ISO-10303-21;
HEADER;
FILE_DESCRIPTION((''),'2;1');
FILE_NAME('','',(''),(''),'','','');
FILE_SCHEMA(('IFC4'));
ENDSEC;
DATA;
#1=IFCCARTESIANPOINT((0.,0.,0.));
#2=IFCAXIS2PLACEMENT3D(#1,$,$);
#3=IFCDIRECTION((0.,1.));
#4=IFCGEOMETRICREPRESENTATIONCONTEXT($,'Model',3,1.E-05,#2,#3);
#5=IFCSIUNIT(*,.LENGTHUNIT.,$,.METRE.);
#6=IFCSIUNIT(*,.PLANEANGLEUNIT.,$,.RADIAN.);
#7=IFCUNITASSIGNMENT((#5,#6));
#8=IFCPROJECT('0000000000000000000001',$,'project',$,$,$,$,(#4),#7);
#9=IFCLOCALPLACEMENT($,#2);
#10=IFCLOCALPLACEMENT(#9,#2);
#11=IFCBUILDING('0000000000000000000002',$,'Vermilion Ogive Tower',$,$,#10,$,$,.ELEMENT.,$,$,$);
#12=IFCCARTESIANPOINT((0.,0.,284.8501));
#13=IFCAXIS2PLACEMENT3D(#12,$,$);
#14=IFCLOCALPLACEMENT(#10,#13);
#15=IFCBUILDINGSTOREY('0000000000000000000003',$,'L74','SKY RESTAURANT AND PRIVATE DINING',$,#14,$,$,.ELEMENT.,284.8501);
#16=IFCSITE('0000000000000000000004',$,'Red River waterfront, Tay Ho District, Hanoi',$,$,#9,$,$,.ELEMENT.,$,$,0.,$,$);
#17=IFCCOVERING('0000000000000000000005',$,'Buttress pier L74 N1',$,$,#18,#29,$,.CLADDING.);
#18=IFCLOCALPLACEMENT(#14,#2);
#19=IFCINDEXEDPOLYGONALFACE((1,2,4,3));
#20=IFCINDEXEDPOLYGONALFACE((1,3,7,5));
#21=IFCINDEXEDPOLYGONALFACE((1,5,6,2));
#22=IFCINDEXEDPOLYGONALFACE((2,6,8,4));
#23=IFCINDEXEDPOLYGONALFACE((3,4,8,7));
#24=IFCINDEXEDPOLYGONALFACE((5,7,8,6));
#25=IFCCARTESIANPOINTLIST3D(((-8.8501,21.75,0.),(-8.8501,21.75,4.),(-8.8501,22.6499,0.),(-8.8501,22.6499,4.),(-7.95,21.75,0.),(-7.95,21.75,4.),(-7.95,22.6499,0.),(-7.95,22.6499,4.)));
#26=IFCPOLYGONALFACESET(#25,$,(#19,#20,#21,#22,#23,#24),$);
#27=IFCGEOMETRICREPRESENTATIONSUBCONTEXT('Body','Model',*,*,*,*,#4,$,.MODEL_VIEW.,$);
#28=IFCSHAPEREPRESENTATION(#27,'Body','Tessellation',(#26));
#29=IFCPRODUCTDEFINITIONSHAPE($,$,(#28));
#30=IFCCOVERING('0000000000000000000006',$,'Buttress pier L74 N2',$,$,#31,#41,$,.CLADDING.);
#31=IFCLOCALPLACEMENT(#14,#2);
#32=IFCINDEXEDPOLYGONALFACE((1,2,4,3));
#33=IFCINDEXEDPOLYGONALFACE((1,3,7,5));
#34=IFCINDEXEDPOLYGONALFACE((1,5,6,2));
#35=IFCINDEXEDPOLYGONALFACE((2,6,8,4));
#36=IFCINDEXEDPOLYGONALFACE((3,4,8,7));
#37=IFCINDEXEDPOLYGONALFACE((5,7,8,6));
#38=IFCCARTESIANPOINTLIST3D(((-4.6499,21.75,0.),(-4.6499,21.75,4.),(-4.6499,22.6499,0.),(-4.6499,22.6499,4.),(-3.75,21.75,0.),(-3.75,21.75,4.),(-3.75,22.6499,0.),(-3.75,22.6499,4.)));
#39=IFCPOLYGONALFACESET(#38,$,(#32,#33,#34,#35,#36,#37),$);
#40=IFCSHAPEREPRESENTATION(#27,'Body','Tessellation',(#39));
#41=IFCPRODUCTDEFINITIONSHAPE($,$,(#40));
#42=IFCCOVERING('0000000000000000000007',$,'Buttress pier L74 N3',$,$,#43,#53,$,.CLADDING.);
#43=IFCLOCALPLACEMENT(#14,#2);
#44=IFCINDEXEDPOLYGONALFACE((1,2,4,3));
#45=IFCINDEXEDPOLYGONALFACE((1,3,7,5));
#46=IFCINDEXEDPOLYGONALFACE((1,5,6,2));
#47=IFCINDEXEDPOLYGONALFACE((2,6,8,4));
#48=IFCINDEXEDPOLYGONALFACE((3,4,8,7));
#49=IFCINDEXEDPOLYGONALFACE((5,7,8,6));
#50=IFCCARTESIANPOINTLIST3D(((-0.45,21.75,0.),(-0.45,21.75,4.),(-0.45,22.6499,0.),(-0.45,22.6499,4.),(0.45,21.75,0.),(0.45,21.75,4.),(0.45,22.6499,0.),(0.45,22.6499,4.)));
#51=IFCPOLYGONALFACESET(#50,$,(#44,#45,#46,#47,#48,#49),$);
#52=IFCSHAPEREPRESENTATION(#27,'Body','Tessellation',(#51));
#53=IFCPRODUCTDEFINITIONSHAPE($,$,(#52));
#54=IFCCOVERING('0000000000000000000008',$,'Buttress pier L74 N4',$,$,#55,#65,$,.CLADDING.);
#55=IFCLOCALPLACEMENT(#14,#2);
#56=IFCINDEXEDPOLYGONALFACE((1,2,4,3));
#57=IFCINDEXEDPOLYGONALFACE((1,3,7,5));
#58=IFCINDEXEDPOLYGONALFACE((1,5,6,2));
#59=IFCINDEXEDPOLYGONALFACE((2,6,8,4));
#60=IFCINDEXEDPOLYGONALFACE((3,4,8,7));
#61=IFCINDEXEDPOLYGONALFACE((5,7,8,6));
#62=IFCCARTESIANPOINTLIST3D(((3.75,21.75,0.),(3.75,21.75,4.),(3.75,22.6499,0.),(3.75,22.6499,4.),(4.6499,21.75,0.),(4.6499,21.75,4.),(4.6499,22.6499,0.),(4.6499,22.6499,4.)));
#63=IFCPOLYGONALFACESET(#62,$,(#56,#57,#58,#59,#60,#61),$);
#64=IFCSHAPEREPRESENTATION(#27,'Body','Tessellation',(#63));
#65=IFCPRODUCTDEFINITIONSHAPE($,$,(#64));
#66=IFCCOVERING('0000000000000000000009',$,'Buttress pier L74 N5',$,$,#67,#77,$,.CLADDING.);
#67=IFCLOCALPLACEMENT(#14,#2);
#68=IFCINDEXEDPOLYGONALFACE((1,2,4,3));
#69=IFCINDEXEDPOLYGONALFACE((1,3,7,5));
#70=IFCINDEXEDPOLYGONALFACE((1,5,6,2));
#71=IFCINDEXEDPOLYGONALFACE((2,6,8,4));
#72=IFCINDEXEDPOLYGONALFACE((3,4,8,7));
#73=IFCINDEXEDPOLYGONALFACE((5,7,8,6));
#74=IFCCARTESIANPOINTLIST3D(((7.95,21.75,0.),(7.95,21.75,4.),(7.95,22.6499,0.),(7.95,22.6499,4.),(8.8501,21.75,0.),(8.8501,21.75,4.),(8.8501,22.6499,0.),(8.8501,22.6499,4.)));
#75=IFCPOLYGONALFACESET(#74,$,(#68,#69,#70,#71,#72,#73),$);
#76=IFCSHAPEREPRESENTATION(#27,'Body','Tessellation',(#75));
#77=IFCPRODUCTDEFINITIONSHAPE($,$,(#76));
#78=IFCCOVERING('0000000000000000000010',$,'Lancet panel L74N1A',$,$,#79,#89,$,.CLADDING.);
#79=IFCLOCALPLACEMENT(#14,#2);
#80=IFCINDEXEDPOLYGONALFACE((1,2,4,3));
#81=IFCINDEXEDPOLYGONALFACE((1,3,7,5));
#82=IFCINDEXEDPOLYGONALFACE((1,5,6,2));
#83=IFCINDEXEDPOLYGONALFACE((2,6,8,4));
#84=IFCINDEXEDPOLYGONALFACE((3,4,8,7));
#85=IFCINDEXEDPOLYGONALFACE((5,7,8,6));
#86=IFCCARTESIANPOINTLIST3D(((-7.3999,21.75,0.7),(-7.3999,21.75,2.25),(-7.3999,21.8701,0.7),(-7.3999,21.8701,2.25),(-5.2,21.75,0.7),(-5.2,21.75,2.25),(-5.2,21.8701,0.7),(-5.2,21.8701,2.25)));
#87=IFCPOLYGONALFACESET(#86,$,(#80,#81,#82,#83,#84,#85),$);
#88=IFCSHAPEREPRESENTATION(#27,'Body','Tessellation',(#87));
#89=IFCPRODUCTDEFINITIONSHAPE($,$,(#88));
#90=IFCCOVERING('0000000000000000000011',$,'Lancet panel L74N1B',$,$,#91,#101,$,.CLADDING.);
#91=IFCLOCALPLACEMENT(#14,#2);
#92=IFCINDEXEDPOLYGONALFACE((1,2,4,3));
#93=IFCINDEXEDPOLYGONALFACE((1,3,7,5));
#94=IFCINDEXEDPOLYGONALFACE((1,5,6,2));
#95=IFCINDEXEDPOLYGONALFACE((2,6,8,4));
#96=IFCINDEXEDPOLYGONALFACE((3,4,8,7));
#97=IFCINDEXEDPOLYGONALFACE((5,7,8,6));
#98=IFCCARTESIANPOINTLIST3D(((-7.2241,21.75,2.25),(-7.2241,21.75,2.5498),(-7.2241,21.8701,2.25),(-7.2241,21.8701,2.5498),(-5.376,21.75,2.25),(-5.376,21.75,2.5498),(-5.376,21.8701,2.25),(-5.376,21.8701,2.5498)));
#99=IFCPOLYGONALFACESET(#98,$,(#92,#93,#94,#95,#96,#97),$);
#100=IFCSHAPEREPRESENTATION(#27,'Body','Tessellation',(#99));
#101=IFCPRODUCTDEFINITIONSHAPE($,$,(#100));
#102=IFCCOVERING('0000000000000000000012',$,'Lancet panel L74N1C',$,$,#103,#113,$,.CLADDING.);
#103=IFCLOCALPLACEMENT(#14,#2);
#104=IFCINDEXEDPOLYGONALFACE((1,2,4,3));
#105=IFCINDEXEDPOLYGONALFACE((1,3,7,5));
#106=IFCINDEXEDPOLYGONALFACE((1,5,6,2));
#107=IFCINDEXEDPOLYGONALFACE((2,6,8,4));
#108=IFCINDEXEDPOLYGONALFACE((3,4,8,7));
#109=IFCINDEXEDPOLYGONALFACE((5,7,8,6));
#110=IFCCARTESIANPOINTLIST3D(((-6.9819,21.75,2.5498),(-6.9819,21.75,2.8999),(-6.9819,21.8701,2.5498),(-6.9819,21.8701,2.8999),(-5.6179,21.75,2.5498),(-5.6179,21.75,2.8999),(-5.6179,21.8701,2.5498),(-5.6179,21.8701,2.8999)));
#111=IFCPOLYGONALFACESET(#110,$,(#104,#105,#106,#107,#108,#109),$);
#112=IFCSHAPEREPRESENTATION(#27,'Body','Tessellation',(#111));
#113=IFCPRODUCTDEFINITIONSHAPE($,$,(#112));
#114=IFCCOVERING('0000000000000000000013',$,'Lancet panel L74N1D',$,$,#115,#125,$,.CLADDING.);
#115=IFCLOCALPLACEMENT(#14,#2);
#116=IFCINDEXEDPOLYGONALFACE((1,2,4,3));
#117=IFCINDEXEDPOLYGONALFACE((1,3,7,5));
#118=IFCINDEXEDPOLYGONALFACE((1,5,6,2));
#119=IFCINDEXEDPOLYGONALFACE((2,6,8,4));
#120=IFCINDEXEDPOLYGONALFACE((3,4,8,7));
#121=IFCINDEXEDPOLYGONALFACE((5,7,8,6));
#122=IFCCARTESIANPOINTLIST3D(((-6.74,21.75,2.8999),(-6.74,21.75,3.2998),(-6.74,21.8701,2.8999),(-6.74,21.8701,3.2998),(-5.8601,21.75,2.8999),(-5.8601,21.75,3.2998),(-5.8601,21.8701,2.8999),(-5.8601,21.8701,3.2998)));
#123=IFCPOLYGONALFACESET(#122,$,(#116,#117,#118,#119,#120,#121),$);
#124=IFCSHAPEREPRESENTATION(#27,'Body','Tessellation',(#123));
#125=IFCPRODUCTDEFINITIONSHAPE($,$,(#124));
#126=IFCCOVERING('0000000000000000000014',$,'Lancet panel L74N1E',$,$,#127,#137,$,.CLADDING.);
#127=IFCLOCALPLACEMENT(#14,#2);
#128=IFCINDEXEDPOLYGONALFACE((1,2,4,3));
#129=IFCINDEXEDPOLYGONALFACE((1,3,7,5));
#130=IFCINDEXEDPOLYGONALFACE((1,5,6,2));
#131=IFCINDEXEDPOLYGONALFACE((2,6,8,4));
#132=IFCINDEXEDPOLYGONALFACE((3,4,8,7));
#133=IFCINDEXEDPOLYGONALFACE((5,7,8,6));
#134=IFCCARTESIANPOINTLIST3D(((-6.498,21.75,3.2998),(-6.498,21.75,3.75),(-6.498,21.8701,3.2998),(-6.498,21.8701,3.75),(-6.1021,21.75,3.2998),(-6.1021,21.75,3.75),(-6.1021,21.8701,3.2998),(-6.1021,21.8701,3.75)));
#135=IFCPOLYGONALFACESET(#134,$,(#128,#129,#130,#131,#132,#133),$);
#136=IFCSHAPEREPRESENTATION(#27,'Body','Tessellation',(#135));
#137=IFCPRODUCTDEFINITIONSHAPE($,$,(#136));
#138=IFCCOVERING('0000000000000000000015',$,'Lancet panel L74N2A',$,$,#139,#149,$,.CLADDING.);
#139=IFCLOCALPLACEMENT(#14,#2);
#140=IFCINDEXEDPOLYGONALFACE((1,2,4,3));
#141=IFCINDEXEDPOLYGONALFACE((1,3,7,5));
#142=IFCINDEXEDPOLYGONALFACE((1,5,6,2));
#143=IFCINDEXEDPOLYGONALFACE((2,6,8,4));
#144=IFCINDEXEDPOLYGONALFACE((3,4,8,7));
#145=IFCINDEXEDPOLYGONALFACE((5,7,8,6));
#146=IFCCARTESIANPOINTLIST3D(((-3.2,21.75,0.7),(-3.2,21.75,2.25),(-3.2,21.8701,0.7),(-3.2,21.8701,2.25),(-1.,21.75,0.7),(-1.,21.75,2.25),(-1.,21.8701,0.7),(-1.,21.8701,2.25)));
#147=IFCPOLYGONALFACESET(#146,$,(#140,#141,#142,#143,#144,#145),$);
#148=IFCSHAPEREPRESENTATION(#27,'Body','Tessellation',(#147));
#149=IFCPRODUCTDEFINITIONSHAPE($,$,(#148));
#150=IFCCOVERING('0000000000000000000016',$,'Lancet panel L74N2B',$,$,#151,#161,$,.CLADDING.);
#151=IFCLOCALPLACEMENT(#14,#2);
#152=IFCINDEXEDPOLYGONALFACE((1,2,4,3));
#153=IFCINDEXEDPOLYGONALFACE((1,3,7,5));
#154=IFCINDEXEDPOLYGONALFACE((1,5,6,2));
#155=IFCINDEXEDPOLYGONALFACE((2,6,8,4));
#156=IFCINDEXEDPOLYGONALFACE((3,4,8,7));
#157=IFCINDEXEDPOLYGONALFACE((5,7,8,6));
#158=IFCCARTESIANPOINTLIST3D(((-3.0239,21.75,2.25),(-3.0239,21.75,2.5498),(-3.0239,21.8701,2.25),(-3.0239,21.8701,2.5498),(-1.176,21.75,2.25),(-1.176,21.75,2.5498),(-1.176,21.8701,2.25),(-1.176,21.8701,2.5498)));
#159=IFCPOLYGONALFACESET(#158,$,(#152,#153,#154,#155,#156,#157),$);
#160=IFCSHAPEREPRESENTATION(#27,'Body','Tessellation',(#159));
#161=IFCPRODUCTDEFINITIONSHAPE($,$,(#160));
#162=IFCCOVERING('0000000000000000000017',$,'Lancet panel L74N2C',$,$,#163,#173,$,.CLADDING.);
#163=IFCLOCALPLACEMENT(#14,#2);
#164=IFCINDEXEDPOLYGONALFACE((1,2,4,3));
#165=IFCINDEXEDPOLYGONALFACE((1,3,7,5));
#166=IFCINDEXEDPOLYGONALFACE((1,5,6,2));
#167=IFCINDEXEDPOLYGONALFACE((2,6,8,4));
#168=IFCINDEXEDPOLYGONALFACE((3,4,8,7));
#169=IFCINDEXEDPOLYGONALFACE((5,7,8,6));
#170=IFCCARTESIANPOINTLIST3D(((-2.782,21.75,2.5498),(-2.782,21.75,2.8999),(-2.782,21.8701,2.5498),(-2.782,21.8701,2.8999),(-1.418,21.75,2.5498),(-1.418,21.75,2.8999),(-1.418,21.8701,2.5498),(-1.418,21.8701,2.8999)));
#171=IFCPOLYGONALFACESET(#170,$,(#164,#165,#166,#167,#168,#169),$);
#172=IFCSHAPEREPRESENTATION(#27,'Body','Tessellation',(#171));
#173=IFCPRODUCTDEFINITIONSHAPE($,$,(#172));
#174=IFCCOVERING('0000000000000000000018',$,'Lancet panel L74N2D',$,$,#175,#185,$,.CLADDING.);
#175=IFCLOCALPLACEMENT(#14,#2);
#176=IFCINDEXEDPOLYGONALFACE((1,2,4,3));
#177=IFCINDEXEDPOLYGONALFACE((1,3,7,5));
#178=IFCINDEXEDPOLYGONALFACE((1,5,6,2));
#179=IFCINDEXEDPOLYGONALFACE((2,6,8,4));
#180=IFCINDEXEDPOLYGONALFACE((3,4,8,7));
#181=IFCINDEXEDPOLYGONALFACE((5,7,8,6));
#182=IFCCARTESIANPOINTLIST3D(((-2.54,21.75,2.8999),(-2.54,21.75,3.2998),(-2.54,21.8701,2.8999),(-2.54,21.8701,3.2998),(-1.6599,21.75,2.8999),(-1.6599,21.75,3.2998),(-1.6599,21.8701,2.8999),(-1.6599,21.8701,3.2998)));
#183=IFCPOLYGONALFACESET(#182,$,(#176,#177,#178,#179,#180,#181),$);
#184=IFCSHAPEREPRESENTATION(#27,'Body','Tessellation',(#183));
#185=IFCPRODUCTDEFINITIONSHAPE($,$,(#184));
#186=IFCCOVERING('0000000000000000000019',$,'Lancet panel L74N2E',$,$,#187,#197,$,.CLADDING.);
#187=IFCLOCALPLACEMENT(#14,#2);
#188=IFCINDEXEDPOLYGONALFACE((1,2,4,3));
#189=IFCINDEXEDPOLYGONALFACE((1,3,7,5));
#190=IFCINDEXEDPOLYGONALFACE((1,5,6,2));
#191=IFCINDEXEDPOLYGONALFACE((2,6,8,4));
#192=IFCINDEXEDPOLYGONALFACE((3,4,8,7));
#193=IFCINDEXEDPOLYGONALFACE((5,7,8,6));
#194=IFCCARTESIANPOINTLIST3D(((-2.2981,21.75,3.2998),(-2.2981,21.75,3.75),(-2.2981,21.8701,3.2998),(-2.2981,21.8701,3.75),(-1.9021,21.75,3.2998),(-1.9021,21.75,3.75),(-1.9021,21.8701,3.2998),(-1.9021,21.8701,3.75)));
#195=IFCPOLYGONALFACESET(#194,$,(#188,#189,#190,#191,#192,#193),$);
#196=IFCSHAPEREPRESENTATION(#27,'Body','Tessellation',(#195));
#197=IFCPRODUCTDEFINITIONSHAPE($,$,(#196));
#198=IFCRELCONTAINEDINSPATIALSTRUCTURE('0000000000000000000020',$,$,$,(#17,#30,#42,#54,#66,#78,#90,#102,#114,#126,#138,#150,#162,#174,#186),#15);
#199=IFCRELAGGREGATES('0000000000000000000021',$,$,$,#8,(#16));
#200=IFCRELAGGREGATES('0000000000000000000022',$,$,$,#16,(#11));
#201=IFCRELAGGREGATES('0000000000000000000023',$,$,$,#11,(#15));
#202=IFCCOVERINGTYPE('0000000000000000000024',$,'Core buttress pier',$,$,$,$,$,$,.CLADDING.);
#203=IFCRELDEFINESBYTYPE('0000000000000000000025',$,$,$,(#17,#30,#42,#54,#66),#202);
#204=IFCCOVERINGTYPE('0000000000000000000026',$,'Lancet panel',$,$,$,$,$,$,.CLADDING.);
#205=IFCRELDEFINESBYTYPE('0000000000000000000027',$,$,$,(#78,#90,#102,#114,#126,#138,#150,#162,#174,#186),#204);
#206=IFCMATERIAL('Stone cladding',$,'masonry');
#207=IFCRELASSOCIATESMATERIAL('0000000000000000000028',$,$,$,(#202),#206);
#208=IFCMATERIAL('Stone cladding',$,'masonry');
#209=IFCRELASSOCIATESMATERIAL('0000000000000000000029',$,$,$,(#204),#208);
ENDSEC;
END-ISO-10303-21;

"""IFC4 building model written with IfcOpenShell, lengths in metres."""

from ifc_helpers import new_model, si_unit, direction, frame, origin, place, context, subcontext, project, spatial, polyline, outline, extrude, material, type_object, element, save


model = new_model("IFC4")

# Units and contexts
model_context = context("Model", 3, precision=1e-05, world=origin(), true_north=direction((0.0, 1.0)))
body_context = subcontext(model_context, "Body", "Model", "MODEL_VIEW")
ifc_project = project(units=[si_unit("LENGTHUNIT", "METRE"), si_unit("PLANEANGLEUNIT", "RADIAN")], contexts=[model_context])

# Site, building, storey
site_placement = place(None, origin())
site = spatial("IfcSite", under=ifc_project, at=site_placement, Name="Red River waterfront, Tay Ho District, Hanoi", CompositionType="ELEMENT", RefElevation=0.0)
building_placement = place(site_placement, origin())
building = spatial("IfcBuilding", under=site, at=building_placement, Name="Vermilion Ogive Tower", CompositionType="ELEMENT")
storey_placement = place(building_placement, frame((0.0, 0.0, 284.8501)))
storey = spatial("IfcBuildingStorey", under=building, at=storey_placement, Name="L74", Description="SKY RESTAURANT AND PRIVATE DINING", CompositionType="ELEMENT", Elevation=284.8501)

# Coverings
ifc_material_1 = material(Name="Stone cladding", Category="masonry")
covering_type_1 = type_object("IfcCoveringType", Name="Core buttress pier", PredefinedType="CLADDING", material=ifc_material_1)
covering_1_placement = place(storey_placement, origin())
element("IfcCovering", 1, at=covering_1_placement, inside=storey, type_object=covering_type_1, Name="Buttress pier L74 N1", PredefinedType="CLADDING", context=body_context, shape_type="SweptSolid", body=[
    extrude(outline(polyline([(-8.8501, 21.75), (-7.95, 21.75), (-7.95, 22.6499), (-8.8501, 22.6499), (-8.8501, 21.75)])), origin(), (0.0, 0.0, 1.0), 4.0),
])
covering_2_placement = place(storey_placement, origin())
element("IfcCovering", 2, at=covering_2_placement, inside=storey, type_object=covering_type_1, Name="Buttress pier L74 N2", PredefinedType="CLADDING", context=body_context, shape_type="SweptSolid", body=[
    extrude(outline(polyline([(-4.6499, 21.75), (-3.75, 21.75), (-3.75, 22.6499), (-4.6499, 22.6499), (-4.6499, 21.75)])), origin(), (0.0, 0.0, 1.0), 4.0),
])
covering_3_placement = place(storey_placement, origin())
element("IfcCovering", 3, at=covering_3_placement, inside=storey, type_object=covering_type_1, Name="Buttress pier L74 N3", PredefinedType="CLADDING", context=body_context, shape_type="SweptSolid", body=[
    extrude(outline(polyline([(-0.45, 21.75), (0.45, 21.75), (0.45, 22.6499), (-0.45, 22.6499), (-0.45, 21.75)])), origin(), (0.0, 0.0, 1.0), 4.0),
])
covering_4_placement = place(storey_placement, origin())
element("IfcCovering", 4, at=covering_4_placement, inside=storey, type_object=covering_type_1, Name="Buttress pier L74 N4", PredefinedType="CLADDING", context=body_context, shape_type="SweptSolid", body=[
    extrude(outline(polyline([(3.75, 21.75), (4.6499, 21.75), (4.6499, 22.6499), (3.75, 22.6499), (3.75, 21.75)])), origin(), (0.0, 0.0, 1.0), 4.0),
])
covering_5_placement = place(storey_placement, origin())
element("IfcCovering", 5, at=covering_5_placement, inside=storey, type_object=covering_type_1, Name="Buttress pier L74 N5", PredefinedType="CLADDING", context=body_context, shape_type="SweptSolid", body=[
    extrude(outline(polyline([(7.95, 21.75), (8.8501, 21.75), (8.8501, 22.6499), (7.95, 22.6499), (7.95, 21.75)])), origin(), (0.0, 0.0, 1.0), 4.0),
])
ifc_material_2 = material(Name="Stone cladding", Category="masonry")
covering_type_2 = type_object("IfcCoveringType", Name="Lancet panel", PredefinedType="CLADDING", material=ifc_material_2)
covering_6_placement = place(storey_placement, frame((0.0, 0.0, 0.7)))
element("IfcCovering", 6, at=covering_6_placement, inside=storey, type_object=covering_type_2, Name="Lancet panel L74N1A", PredefinedType="CLADDING", context=body_context, shape_type="SweptSolid", body=[
    extrude(outline(polyline([(-7.3999, 21.75), (-5.2, 21.75), (-5.2, 21.8701), (-7.3999, 21.8701), (-7.3999, 21.75)])), origin(), (0.0, 0.0, 1.0), 1.55),
])
covering_7_placement = place(storey_placement, frame((0.0, 0.0, 2.25)))
element("IfcCovering", 7, at=covering_7_placement, inside=storey, type_object=covering_type_2, Name="Lancet panel L74N1B", PredefinedType="CLADDING", context=body_context, shape_type="SweptSolid", body=[
    extrude(outline(polyline([(-7.2241, 21.75), (-5.376, 21.75), (-5.376, 21.8701), (-7.2241, 21.8701), (-7.2241, 21.75)])), origin(), (0.0, 0.0, 1.0), 0.2998),
])
covering_8_placement = place(storey_placement, frame((0.0, 0.0, 2.5498)))
element("IfcCovering", 8, at=covering_8_placement, inside=storey, type_object=covering_type_2, Name="Lancet panel L74N1C", PredefinedType="CLADDING", context=body_context, shape_type="SweptSolid", body=[
    extrude(outline(polyline([(-6.9819, 21.75), (-5.6179, 21.75), (-5.6179, 21.8701), (-6.9819, 21.8701), (-6.9819, 21.75)])), origin(), (0.0, 0.0, 1.0), 0.3501),
])
covering_9_placement = place(storey_placement, frame((0.0, 0.0, 2.8999)))
element("IfcCovering", 9, at=covering_9_placement, inside=storey, type_object=covering_type_2, Name="Lancet panel L74N1D", PredefinedType="CLADDING", context=body_context, shape_type="SweptSolid", body=[
    extrude(outline(polyline([(-6.74, 21.75), (-5.8601, 21.75), (-5.8601, 21.8701), (-6.74, 21.8701), (-6.74, 21.75)])), origin(), (0.0, 0.0, 1.0), 0.3999),
])
covering_10_placement = place(storey_placement, frame((0.0, 0.0, 3.2998)))
element("IfcCovering", 10, at=covering_10_placement, inside=storey, type_object=covering_type_2, Name="Lancet panel L74N1E", PredefinedType="CLADDING", context=body_context, shape_type="SweptSolid", body=[
    extrude(outline(polyline([(-6.498, 21.75), (-6.1021, 21.75), (-6.1021, 21.8701), (-6.498, 21.8701), (-6.498, 21.75)])), origin(), (0.0, 0.0, 1.0), 0.4502),
])
covering_11_placement = place(storey_placement, frame((0.0, 0.0, 0.7)))
element("IfcCovering", 11, at=covering_11_placement, inside=storey, type_object=covering_type_2, Name="Lancet panel L74N2A", PredefinedType="CLADDING", context=body_context, shape_type="SweptSolid", body=[
    extrude(outline(polyline([(-3.2, 21.75), (-1.0, 21.75), (-1.0, 21.8701), (-3.2, 21.8701), (-3.2, 21.75)])), origin(), (0.0, 0.0, 1.0), 1.55),
])
covering_12_placement = place(storey_placement, frame((0.0, 0.0, 2.25)))
element("IfcCovering", 12, at=covering_12_placement, inside=storey, type_object=covering_type_2, Name="Lancet panel L74N2B", PredefinedType="CLADDING", context=body_context, shape_type="SweptSolid", body=[
    extrude(outline(polyline([(-3.0239, 21.75), (-1.176, 21.75), (-1.176, 21.8701), (-3.0239, 21.8701), (-3.0239, 21.75)])), origin(), (0.0, 0.0, 1.0), 0.2998),
])
covering_13_placement = place(storey_placement, frame((0.0, 0.0, 2.5498)))
element("IfcCovering", 13, at=covering_13_placement, inside=storey, type_object=covering_type_2, Name="Lancet panel L74N2C", PredefinedType="CLADDING", context=body_context, shape_type="SweptSolid", body=[
    extrude(outline(polyline([(-2.782, 21.75), (-1.418, 21.75), (-1.418, 21.8701), (-2.782, 21.8701), (-2.782, 21.75)])), origin(), (0.0, 0.0, 1.0), 0.3501),
])
covering_14_placement = place(storey_placement, frame((0.0, 0.0, 2.8999)))
element("IfcCovering", 14, at=covering_14_placement, inside=storey, type_object=covering_type_2, Name="Lancet panel L74N2D", PredefinedType="CLADDING", context=body_context, shape_type="SweptSolid", body=[
    extrude(outline(polyline([(-2.54, 21.75), (-1.6599, 21.75), (-1.6599, 21.8701), (-2.54, 21.8701), (-2.54, 21.75)])), origin(), (0.0, 0.0, 1.0), 0.3999),
])
covering_15_placement = place(storey_placement, frame((0.0, 0.0, 3.2998)))
element("IfcCovering", 15, at=covering_15_placement, inside=storey, type_object=covering_type_2, Name="Lancet panel L74N2E", PredefinedType="CLADDING", context=body_context, shape_type="SweptSolid", body=[
    extrude(outline(polyline([(-2.2981, 21.75), (-1.9021, 21.75), (-1.9021, 21.8701), (-2.2981, 21.8701), (-2.2981, 21.75)])), origin(), (0.0, 0.0, 1.0), 0.4502),
])

save(model, "model.ifc")
